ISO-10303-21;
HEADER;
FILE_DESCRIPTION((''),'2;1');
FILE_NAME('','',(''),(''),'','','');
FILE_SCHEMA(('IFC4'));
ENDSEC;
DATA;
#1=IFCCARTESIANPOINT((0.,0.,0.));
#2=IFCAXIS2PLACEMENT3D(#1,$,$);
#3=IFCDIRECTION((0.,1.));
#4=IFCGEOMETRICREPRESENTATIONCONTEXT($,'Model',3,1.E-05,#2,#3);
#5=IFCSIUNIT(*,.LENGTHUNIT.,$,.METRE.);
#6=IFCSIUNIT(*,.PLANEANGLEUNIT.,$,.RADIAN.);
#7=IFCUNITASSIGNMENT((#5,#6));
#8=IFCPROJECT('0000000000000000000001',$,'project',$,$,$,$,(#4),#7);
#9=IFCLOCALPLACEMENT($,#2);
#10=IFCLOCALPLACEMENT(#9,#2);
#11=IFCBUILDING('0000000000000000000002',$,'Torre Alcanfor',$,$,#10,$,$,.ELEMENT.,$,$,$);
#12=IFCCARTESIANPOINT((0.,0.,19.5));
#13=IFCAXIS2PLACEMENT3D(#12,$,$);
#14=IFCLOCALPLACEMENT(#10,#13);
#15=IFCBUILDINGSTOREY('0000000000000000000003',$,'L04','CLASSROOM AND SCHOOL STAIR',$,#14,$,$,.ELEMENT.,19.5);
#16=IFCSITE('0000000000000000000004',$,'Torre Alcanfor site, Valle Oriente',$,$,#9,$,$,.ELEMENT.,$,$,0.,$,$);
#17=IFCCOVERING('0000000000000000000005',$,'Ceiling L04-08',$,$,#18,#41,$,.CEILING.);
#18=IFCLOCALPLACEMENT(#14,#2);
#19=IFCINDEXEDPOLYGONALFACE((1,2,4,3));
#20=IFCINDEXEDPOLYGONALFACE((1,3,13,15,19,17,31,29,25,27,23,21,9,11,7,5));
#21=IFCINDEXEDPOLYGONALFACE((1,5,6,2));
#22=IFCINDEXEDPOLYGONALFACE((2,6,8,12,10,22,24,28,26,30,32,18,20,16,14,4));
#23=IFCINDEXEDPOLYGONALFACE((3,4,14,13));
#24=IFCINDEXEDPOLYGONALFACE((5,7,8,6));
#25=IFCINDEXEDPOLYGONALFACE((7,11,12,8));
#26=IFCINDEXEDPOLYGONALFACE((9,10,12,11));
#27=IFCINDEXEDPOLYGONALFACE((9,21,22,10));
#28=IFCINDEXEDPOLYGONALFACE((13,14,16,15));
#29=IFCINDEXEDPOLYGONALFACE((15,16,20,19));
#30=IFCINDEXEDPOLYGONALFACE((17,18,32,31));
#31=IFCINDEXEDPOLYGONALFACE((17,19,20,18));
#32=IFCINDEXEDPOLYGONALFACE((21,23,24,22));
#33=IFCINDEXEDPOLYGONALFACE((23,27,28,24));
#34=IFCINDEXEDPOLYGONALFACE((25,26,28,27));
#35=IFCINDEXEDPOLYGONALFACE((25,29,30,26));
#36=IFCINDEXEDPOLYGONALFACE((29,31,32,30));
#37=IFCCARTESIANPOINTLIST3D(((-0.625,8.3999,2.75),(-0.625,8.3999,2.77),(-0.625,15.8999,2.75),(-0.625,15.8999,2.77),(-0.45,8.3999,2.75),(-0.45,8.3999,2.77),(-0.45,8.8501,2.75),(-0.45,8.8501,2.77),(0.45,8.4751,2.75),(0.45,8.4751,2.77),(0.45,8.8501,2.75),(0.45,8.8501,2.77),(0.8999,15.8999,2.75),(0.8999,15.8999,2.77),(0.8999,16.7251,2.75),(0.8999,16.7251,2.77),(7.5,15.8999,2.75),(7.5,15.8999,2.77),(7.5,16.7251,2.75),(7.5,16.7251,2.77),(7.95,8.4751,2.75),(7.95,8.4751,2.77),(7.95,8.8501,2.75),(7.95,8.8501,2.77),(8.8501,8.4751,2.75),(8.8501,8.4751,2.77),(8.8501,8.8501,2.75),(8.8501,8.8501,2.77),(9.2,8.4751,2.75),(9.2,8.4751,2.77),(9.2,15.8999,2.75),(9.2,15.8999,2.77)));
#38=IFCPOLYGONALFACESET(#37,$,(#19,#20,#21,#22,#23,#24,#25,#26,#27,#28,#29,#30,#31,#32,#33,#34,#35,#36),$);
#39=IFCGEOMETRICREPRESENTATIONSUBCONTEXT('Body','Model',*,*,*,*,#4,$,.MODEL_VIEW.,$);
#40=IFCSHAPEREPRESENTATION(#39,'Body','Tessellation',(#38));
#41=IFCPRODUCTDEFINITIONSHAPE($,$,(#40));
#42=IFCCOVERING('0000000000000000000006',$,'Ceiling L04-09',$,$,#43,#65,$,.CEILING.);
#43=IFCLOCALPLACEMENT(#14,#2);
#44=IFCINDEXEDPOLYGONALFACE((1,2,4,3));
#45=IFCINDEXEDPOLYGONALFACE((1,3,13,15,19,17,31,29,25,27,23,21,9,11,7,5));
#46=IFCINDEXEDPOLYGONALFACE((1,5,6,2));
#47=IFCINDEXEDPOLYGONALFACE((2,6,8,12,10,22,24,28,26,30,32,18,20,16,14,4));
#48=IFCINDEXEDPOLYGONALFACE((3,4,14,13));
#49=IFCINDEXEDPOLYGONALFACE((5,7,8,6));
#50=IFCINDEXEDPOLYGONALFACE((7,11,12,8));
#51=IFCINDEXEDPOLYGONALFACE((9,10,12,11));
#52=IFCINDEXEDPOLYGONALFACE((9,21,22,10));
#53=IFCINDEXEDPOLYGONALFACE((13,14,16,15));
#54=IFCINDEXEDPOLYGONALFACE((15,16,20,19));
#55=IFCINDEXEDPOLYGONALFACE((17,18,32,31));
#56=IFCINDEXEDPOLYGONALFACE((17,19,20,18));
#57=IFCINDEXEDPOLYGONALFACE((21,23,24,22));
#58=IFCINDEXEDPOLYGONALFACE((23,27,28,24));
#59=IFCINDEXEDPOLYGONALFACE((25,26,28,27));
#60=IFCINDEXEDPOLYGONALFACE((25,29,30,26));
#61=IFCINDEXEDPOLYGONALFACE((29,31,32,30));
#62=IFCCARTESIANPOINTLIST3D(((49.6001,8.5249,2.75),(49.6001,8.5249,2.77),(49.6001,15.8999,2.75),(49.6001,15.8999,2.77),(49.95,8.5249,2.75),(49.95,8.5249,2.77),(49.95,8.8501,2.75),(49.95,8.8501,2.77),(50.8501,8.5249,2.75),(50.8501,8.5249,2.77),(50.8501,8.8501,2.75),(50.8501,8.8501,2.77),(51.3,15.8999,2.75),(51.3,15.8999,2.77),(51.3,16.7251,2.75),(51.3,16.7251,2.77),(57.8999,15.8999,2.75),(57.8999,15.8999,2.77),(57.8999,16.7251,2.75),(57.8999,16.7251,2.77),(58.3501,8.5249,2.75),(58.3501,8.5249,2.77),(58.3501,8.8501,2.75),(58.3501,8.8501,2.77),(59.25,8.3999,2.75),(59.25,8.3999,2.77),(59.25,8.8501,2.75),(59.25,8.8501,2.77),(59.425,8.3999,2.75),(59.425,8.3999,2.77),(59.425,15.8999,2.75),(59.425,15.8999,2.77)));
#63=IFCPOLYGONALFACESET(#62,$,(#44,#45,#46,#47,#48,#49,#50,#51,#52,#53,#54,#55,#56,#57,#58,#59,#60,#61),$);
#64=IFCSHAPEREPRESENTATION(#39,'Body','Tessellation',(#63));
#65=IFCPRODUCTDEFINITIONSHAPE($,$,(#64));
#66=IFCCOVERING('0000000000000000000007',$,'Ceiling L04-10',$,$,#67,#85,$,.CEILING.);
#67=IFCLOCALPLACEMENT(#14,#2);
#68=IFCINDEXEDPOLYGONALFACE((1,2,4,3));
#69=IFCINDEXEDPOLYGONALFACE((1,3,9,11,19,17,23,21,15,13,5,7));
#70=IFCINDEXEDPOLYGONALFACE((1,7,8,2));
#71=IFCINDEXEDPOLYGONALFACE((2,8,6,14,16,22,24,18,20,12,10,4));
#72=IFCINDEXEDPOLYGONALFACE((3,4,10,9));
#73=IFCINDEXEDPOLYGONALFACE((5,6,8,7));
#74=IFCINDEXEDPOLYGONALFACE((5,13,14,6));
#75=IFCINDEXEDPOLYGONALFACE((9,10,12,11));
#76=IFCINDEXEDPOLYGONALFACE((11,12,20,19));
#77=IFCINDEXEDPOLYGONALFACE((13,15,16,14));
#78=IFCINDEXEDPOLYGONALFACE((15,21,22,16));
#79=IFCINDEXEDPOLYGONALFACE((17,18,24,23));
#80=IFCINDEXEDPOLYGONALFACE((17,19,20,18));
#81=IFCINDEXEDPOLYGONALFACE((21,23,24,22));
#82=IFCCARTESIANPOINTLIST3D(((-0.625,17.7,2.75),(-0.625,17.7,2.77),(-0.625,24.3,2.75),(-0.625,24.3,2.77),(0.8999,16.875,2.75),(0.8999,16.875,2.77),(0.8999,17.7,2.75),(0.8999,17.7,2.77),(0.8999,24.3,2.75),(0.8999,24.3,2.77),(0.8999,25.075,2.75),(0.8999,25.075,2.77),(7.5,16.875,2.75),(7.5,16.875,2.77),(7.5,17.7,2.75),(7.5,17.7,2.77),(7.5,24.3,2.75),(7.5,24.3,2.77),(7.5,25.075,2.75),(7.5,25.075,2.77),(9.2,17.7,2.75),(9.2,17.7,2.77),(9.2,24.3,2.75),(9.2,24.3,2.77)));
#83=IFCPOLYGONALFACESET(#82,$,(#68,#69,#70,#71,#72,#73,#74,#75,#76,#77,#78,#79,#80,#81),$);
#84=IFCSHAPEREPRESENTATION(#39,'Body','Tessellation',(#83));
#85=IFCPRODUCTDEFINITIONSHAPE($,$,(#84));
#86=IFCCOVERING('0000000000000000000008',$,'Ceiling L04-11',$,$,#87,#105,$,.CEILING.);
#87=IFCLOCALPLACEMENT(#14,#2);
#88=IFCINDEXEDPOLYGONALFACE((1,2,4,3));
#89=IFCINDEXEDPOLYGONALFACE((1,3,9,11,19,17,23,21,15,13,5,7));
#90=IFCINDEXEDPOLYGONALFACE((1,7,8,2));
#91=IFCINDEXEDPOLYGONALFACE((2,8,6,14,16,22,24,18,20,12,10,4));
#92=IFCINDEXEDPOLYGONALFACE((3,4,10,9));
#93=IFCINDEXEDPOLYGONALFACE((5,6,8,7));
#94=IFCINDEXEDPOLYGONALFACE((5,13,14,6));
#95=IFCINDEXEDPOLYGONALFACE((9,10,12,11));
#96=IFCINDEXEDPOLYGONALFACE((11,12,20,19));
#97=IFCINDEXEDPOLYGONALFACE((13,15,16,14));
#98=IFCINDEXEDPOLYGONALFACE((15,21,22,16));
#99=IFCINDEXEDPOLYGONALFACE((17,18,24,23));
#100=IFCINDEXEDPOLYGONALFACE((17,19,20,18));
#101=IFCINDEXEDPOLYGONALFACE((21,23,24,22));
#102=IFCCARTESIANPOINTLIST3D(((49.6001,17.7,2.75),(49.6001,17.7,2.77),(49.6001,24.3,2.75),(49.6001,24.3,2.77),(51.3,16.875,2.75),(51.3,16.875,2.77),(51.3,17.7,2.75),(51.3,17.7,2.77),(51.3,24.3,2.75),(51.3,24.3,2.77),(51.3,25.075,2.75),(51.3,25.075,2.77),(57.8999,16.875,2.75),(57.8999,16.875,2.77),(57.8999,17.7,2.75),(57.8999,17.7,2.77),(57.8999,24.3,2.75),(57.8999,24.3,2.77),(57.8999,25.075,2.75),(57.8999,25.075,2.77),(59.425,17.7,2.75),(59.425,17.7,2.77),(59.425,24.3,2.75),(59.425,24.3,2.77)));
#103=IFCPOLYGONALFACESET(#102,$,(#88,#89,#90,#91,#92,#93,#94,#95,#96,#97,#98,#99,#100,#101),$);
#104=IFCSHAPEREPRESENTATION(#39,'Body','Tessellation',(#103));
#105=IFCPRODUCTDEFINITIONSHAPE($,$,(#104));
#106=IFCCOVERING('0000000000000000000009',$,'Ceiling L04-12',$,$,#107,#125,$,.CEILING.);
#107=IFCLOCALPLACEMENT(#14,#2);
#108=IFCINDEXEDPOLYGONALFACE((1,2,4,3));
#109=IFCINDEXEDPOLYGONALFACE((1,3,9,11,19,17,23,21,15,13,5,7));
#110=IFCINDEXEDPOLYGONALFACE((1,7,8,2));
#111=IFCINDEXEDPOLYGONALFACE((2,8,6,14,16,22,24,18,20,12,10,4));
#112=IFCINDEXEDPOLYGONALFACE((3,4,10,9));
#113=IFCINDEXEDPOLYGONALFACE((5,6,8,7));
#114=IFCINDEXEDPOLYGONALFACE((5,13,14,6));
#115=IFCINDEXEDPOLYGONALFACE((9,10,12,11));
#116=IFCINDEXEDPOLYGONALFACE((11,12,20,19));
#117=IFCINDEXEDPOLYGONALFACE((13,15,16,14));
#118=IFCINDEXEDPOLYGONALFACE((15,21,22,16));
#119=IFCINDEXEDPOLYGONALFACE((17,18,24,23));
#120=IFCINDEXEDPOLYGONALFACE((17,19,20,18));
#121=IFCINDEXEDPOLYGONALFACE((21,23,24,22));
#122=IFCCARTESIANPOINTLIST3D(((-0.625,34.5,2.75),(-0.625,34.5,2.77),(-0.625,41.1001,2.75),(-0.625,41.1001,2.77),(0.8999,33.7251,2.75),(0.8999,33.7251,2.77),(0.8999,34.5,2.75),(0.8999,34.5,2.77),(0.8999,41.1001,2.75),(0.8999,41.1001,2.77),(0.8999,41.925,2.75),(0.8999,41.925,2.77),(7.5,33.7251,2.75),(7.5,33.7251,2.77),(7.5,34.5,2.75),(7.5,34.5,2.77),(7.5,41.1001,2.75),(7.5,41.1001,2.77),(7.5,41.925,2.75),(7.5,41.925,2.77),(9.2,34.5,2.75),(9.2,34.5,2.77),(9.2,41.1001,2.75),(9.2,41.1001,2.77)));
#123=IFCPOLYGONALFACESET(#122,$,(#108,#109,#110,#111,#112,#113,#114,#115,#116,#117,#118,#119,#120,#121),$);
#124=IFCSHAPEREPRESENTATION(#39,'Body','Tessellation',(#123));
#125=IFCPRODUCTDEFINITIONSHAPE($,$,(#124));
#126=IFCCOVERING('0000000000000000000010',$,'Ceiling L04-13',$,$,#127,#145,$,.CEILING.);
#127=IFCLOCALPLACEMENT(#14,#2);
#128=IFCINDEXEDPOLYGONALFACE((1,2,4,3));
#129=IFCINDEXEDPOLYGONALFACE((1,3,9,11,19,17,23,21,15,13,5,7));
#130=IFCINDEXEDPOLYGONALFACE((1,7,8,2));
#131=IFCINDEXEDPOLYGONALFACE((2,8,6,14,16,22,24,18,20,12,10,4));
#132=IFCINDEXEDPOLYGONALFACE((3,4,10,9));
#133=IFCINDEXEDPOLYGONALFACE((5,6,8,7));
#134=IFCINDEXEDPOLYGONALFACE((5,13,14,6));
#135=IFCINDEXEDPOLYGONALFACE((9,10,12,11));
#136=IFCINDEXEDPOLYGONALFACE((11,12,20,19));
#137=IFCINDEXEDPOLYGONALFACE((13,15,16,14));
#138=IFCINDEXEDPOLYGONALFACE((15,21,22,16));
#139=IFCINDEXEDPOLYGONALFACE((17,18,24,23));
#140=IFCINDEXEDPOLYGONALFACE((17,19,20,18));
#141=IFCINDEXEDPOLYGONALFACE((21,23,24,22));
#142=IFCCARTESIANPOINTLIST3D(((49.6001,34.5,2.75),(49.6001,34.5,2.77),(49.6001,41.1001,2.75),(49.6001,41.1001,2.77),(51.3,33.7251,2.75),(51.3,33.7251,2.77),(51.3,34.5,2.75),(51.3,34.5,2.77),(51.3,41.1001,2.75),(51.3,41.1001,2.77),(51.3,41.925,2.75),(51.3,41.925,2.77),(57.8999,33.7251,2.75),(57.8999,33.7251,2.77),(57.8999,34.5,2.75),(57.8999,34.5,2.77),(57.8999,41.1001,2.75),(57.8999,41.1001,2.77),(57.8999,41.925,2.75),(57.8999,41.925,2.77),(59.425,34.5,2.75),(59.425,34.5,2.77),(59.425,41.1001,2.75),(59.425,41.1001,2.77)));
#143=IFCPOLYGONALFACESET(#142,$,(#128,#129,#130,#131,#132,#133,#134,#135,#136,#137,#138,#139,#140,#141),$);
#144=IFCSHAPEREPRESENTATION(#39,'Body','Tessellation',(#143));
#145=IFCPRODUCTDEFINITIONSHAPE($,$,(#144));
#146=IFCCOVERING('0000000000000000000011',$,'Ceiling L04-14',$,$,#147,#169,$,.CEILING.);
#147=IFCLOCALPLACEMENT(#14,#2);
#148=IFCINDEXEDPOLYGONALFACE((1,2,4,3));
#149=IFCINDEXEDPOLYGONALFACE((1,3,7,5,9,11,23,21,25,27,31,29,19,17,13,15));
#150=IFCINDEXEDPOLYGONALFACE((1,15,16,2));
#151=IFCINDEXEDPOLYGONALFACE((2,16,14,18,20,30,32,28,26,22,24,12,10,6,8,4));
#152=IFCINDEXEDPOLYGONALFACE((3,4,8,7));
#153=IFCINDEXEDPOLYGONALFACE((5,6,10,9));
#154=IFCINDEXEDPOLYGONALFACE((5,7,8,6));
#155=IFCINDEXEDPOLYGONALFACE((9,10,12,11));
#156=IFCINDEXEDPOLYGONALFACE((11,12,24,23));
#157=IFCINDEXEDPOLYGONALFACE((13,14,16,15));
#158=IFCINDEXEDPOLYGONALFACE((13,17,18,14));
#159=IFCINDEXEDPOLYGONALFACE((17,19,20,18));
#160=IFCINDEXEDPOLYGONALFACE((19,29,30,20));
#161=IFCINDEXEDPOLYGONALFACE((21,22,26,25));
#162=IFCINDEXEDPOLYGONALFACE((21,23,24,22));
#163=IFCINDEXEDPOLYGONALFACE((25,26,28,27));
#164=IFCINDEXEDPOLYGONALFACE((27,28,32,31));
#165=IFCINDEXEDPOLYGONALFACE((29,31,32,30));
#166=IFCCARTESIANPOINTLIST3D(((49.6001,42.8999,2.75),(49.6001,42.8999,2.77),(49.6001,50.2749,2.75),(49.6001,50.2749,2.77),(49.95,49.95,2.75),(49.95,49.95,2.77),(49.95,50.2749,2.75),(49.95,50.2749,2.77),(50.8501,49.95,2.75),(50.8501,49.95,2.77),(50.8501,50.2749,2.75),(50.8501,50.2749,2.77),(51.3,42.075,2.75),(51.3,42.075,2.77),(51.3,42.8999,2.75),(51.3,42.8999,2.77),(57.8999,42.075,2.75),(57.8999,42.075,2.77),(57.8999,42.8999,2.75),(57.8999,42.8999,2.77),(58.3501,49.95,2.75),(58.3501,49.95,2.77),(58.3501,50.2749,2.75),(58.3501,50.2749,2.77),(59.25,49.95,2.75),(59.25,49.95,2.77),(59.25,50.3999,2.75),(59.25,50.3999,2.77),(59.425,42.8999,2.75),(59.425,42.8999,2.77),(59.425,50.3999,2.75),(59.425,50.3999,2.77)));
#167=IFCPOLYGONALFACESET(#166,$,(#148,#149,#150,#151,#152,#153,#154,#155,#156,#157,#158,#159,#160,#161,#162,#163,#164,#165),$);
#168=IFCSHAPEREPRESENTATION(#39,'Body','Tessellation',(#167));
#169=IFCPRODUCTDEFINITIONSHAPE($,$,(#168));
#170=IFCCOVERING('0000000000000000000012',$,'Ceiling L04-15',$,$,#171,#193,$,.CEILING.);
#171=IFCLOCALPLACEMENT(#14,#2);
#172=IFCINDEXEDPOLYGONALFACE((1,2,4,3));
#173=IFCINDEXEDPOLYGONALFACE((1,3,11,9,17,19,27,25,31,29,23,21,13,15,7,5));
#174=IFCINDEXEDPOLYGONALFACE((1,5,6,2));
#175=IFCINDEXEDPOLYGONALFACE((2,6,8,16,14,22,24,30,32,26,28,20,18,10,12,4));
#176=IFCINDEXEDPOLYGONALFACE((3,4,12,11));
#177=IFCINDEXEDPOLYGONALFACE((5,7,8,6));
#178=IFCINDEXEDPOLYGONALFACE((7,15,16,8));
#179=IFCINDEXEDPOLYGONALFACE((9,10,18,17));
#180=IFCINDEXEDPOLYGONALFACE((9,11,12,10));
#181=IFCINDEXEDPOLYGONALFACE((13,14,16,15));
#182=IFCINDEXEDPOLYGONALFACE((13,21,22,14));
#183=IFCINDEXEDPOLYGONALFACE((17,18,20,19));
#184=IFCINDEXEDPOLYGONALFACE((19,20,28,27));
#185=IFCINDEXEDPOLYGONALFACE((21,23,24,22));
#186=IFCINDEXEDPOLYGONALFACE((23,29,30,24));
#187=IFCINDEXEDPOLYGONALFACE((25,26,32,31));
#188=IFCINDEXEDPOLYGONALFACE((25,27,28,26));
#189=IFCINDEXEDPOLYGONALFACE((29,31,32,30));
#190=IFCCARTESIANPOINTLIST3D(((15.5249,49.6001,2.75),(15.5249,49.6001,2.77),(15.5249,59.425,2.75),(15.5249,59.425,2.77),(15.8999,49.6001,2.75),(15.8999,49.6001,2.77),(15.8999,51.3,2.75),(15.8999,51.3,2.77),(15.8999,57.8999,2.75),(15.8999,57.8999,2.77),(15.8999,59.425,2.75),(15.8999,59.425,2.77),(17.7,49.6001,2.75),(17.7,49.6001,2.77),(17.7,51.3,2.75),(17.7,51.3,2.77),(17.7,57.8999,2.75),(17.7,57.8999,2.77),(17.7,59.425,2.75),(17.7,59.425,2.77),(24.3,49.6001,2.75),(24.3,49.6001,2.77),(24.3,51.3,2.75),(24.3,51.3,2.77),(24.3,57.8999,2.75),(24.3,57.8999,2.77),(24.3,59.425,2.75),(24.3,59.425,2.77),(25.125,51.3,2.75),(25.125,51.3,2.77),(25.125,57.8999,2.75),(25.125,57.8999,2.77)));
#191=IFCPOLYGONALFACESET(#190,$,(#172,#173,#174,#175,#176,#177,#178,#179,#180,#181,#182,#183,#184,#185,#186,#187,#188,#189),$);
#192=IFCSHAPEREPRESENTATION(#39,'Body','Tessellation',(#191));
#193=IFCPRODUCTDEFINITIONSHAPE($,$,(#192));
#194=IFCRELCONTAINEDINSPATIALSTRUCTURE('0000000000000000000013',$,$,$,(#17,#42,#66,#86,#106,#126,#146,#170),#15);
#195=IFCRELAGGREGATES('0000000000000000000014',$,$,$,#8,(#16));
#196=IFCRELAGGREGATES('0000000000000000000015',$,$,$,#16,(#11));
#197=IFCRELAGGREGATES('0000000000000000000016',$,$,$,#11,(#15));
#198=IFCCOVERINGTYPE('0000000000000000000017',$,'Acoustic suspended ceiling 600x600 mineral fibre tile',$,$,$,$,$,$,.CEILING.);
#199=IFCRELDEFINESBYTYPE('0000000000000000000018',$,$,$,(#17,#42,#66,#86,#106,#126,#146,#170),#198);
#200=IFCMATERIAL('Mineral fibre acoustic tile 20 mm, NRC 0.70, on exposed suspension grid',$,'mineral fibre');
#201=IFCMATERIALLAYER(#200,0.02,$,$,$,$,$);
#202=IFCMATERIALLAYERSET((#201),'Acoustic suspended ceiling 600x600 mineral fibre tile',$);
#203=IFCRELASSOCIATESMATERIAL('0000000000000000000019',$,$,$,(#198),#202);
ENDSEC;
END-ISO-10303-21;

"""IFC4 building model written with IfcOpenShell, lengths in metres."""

from ifc_helpers import new_model, si_unit, direction, frame, origin, place, context, subcontext, project, spatial, polyline, outline, extrude, material, layer, layer_set, type_object, element, save


model = new_model("IFC4")

# Units and contexts
model_context = context("Model", 3, precision=1e-05, world=origin(), true_north=direction((0.0, 1.0)))
body_context = subcontext(model_context, "Body", "Model", "MODEL_VIEW")
ifc_project = project(units=[si_unit("LENGTHUNIT", "METRE"), si_unit("PLANEANGLEUNIT", "RADIAN")], contexts=[model_context])

# Site, building, storey
site_placement = place(None, origin())
site = spatial("IfcSite", under=ifc_project, at=site_placement, Name="Torre Alcanfor site, Valle Oriente", CompositionType="ELEMENT", RefElevation=0.0)
building_placement = place(site_placement, origin())
building = spatial("IfcBuilding", under=site, at=building_placement, Name="Torre Alcanfor", CompositionType="ELEMENT")
storey_placement = place(building_placement, frame((0.0, 0.0, 19.5)))
storey = spatial("IfcBuildingStorey", under=building, at=storey_placement, Name="L04", Description="CLASSROOM AND SCHOOL STAIR", CompositionType="ELEMENT", Elevation=19.5)

# Coverings
ifc_material_1 = material(Name="Mineral fibre acoustic tile 20 mm, NRC 0.70, on exposed suspension grid", Category="mineral fibre")
ifc_layer_1 = layer(ifc_material_1, 0.02)
ifc_layer_set_1 = layer_set([ifc_layer_1], Name="Acoustic suspended ceiling 600x600 mineral fibre tile")
covering_type = type_object("IfcCoveringType", Name="Acoustic suspended ceiling 600x600 mineral fibre tile", PredefinedType="CEILING", material=ifc_layer_set_1)
covering_1_placement = place(storey_placement, frame((0.0, 0.0, 2.75)))
element("IfcCovering", 1, at=covering_1_placement, inside=storey, type_object=covering_type, Name="Ceiling L04-08", PredefinedType="CEILING", context=body_context, shape_type="SweptSolid", body=[
    extrude(outline(polyline([(0.8999, 16.7251), (0.8999, 15.8999), (-0.625, 15.8999), (-0.625, 8.3999), (-0.45, 8.3999), (-0.45, 8.8501), (0.45, 8.8501), (0.45, 8.4751), (7.95, 8.4751), (7.95, 8.8501), (8.8501, 8.8501), (8.8501, 8.4751), (9.2, 8.4751), (9.2, 15.8999), (7.5, 15.8999), (7.5, 16.7251), (0.8999, 16.7251)])), origin(), (0.0, 0.0, 1.0), 0.02),
])
covering_2_placement = place(storey_placement, frame((0.0, 0.0, 2.75)))
element("IfcCovering", 2, at=covering_2_placement, inside=storey, type_object=covering_type, Name="Ceiling L04-09", PredefinedType="CEILING", context=body_context, shape_type="SweptSolid", body=[
    extrude(outline(polyline([(51.3, 16.7251), (51.3, 15.8999), (49.6001, 15.8999), (49.6001, 8.5249), (49.95, 8.5249), (49.95, 8.8501), (50.8501, 8.8501), (50.8501, 8.5249), (58.3501, 8.5249), (58.3501, 8.8501), (59.25, 8.8501), (59.25, 8.3999), (59.425, 8.3999), (59.425, 15.8999), (57.8999, 15.8999), (57.8999, 16.7251), (51.3, 16.7251)])), origin(), (0.0, 0.0, 1.0), 0.02),
])
covering_3_placement = place(storey_placement, frame((0.0, 0.0, 2.75)))
element("IfcCovering", 3, at=covering_3_placement, inside=storey, type_object=covering_type, Name="Ceiling L04-10", PredefinedType="CEILING", context=body_context, shape_type="SweptSolid", body=[
    extrude(outline(polyline([(0.8999, 25.075), (0.8999, 24.3), (-0.625, 24.3), (-0.625, 17.7), (0.8999, 17.7), (0.8999, 16.875), (7.5, 16.875), (7.5, 17.7), (9.2, 17.7), (9.2, 24.3), (7.5, 24.3), (7.5, 25.075), (0.8999, 25.075)])), origin(), (0.0, 0.0, 1.0), 0.02),
])
covering_4_placement = place(storey_placement, frame((0.0, 0.0, 2.75)))
element("IfcCovering", 4, at=covering_4_placement, inside=storey, type_object=covering_type, Name="Ceiling L04-11", PredefinedType="CEILING", context=body_context, shape_type="SweptSolid", body=[
    extrude(outline(polyline([(51.3, 25.075), (51.3, 24.3), (49.6001, 24.3), (49.6001, 17.7), (51.3, 17.7), (51.3, 16.875), (57.8999, 16.875), (57.8999, 17.7), (59.425, 17.7), (59.425, 24.3), (57.8999, 24.3), (57.8999, 25.075), (51.3, 25.075)])), origin(), (0.0, 0.0, 1.0), 0.02),
])
covering_5_placement = place(storey_placement, frame((0.0, 0.0, 2.75)))
element("IfcCovering", 5, at=covering_5_placement, inside=storey, type_object=covering_type, Name="Ceiling L04-12", PredefinedType="CEILING", context=body_context, shape_type="SweptSolid", body=[
    extrude(outline(polyline([(0.8999, 41.925), (0.8999, 41.1001), (-0.625, 41.1001), (-0.625, 34.5), (0.8999, 34.5), (0.8999, 33.7251), (7.5, 33.7251), (7.5, 34.5), (9.2, 34.5), (9.2, 41.1001), (7.5, 41.1001), (7.5, 41.925), (0.8999, 41.925)])), origin(), (0.0, 0.0, 1.0), 0.02),
])
covering_6_placement = place(storey_placement, frame((0.0, 0.0, 2.75)))
element("IfcCovering", 6, at=covering_6_placement, inside=storey, type_object=covering_type, Name="Ceiling L04-13", PredefinedType="CEILING", context=body_context, shape_type="SweptSolid", body=[
    extrude(outline(polyline([(51.3, 41.925), (51.3, 41.1001), (49.6001, 41.1001), (49.6001, 34.5), (51.3, 34.5), (51.3, 33.7251), (57.8999, 33.7251), (57.8999, 34.5), (59.425, 34.5), (59.425, 41.1001), (57.8999, 41.1001), (57.8999, 41.925), (51.3, 41.925)])), origin(), (0.0, 0.0, 1.0), 0.02),
])
covering_7_placement = place(storey_placement, frame((0.0, 0.0, 2.75)))
element("IfcCovering", 7, at=covering_7_placement, inside=storey, type_object=covering_type, Name="Ceiling L04-14", PredefinedType="CEILING", context=body_context, shape_type="SweptSolid", body=[
    extrude(outline(polyline([(58.3501, 50.2749), (50.8501, 50.2749), (50.8501, 49.95), (49.95, 49.95), (49.95, 50.2749), (49.6001, 50.2749), (49.6001, 42.8999), (51.3, 42.8999), (51.3, 42.075), (57.8999, 42.075), (57.8999, 42.8999), (59.425, 42.8999), (59.425, 50.3999), (59.25, 50.3999), (59.25, 49.95), (58.3501, 49.95), (58.3501, 50.2749)])), origin(), (0.0, 0.0, 1.0), 0.02),
])
covering_8_placement = place(storey_placement, frame((0.0, 0.0, 2.75)))
element("IfcCovering", 8, at=covering_8_placement, inside=storey, type_object=covering_type, Name="Ceiling L04-15", PredefinedType="CEILING", context=body_context, shape_type="SweptSolid", body=[
    extrude(outline(polyline([(17.7, 57.8999), (15.8999, 57.8999), (15.8999, 59.425), (15.5249, 59.425), (15.5249, 49.6001), (15.8999, 49.6001), (15.8999, 51.3), (17.7, 51.3), (17.7, 49.6001), (24.3, 49.6001), (24.3, 51.3), (25.125, 51.3), (25.125, 57.8999), (24.3, 57.8999), (24.3, 59.425), (17.7, 59.425), (17.7, 57.8999)])), origin(), (0.0, 0.0, 1.0), 0.02),
])

save(model, "model.ifc")
